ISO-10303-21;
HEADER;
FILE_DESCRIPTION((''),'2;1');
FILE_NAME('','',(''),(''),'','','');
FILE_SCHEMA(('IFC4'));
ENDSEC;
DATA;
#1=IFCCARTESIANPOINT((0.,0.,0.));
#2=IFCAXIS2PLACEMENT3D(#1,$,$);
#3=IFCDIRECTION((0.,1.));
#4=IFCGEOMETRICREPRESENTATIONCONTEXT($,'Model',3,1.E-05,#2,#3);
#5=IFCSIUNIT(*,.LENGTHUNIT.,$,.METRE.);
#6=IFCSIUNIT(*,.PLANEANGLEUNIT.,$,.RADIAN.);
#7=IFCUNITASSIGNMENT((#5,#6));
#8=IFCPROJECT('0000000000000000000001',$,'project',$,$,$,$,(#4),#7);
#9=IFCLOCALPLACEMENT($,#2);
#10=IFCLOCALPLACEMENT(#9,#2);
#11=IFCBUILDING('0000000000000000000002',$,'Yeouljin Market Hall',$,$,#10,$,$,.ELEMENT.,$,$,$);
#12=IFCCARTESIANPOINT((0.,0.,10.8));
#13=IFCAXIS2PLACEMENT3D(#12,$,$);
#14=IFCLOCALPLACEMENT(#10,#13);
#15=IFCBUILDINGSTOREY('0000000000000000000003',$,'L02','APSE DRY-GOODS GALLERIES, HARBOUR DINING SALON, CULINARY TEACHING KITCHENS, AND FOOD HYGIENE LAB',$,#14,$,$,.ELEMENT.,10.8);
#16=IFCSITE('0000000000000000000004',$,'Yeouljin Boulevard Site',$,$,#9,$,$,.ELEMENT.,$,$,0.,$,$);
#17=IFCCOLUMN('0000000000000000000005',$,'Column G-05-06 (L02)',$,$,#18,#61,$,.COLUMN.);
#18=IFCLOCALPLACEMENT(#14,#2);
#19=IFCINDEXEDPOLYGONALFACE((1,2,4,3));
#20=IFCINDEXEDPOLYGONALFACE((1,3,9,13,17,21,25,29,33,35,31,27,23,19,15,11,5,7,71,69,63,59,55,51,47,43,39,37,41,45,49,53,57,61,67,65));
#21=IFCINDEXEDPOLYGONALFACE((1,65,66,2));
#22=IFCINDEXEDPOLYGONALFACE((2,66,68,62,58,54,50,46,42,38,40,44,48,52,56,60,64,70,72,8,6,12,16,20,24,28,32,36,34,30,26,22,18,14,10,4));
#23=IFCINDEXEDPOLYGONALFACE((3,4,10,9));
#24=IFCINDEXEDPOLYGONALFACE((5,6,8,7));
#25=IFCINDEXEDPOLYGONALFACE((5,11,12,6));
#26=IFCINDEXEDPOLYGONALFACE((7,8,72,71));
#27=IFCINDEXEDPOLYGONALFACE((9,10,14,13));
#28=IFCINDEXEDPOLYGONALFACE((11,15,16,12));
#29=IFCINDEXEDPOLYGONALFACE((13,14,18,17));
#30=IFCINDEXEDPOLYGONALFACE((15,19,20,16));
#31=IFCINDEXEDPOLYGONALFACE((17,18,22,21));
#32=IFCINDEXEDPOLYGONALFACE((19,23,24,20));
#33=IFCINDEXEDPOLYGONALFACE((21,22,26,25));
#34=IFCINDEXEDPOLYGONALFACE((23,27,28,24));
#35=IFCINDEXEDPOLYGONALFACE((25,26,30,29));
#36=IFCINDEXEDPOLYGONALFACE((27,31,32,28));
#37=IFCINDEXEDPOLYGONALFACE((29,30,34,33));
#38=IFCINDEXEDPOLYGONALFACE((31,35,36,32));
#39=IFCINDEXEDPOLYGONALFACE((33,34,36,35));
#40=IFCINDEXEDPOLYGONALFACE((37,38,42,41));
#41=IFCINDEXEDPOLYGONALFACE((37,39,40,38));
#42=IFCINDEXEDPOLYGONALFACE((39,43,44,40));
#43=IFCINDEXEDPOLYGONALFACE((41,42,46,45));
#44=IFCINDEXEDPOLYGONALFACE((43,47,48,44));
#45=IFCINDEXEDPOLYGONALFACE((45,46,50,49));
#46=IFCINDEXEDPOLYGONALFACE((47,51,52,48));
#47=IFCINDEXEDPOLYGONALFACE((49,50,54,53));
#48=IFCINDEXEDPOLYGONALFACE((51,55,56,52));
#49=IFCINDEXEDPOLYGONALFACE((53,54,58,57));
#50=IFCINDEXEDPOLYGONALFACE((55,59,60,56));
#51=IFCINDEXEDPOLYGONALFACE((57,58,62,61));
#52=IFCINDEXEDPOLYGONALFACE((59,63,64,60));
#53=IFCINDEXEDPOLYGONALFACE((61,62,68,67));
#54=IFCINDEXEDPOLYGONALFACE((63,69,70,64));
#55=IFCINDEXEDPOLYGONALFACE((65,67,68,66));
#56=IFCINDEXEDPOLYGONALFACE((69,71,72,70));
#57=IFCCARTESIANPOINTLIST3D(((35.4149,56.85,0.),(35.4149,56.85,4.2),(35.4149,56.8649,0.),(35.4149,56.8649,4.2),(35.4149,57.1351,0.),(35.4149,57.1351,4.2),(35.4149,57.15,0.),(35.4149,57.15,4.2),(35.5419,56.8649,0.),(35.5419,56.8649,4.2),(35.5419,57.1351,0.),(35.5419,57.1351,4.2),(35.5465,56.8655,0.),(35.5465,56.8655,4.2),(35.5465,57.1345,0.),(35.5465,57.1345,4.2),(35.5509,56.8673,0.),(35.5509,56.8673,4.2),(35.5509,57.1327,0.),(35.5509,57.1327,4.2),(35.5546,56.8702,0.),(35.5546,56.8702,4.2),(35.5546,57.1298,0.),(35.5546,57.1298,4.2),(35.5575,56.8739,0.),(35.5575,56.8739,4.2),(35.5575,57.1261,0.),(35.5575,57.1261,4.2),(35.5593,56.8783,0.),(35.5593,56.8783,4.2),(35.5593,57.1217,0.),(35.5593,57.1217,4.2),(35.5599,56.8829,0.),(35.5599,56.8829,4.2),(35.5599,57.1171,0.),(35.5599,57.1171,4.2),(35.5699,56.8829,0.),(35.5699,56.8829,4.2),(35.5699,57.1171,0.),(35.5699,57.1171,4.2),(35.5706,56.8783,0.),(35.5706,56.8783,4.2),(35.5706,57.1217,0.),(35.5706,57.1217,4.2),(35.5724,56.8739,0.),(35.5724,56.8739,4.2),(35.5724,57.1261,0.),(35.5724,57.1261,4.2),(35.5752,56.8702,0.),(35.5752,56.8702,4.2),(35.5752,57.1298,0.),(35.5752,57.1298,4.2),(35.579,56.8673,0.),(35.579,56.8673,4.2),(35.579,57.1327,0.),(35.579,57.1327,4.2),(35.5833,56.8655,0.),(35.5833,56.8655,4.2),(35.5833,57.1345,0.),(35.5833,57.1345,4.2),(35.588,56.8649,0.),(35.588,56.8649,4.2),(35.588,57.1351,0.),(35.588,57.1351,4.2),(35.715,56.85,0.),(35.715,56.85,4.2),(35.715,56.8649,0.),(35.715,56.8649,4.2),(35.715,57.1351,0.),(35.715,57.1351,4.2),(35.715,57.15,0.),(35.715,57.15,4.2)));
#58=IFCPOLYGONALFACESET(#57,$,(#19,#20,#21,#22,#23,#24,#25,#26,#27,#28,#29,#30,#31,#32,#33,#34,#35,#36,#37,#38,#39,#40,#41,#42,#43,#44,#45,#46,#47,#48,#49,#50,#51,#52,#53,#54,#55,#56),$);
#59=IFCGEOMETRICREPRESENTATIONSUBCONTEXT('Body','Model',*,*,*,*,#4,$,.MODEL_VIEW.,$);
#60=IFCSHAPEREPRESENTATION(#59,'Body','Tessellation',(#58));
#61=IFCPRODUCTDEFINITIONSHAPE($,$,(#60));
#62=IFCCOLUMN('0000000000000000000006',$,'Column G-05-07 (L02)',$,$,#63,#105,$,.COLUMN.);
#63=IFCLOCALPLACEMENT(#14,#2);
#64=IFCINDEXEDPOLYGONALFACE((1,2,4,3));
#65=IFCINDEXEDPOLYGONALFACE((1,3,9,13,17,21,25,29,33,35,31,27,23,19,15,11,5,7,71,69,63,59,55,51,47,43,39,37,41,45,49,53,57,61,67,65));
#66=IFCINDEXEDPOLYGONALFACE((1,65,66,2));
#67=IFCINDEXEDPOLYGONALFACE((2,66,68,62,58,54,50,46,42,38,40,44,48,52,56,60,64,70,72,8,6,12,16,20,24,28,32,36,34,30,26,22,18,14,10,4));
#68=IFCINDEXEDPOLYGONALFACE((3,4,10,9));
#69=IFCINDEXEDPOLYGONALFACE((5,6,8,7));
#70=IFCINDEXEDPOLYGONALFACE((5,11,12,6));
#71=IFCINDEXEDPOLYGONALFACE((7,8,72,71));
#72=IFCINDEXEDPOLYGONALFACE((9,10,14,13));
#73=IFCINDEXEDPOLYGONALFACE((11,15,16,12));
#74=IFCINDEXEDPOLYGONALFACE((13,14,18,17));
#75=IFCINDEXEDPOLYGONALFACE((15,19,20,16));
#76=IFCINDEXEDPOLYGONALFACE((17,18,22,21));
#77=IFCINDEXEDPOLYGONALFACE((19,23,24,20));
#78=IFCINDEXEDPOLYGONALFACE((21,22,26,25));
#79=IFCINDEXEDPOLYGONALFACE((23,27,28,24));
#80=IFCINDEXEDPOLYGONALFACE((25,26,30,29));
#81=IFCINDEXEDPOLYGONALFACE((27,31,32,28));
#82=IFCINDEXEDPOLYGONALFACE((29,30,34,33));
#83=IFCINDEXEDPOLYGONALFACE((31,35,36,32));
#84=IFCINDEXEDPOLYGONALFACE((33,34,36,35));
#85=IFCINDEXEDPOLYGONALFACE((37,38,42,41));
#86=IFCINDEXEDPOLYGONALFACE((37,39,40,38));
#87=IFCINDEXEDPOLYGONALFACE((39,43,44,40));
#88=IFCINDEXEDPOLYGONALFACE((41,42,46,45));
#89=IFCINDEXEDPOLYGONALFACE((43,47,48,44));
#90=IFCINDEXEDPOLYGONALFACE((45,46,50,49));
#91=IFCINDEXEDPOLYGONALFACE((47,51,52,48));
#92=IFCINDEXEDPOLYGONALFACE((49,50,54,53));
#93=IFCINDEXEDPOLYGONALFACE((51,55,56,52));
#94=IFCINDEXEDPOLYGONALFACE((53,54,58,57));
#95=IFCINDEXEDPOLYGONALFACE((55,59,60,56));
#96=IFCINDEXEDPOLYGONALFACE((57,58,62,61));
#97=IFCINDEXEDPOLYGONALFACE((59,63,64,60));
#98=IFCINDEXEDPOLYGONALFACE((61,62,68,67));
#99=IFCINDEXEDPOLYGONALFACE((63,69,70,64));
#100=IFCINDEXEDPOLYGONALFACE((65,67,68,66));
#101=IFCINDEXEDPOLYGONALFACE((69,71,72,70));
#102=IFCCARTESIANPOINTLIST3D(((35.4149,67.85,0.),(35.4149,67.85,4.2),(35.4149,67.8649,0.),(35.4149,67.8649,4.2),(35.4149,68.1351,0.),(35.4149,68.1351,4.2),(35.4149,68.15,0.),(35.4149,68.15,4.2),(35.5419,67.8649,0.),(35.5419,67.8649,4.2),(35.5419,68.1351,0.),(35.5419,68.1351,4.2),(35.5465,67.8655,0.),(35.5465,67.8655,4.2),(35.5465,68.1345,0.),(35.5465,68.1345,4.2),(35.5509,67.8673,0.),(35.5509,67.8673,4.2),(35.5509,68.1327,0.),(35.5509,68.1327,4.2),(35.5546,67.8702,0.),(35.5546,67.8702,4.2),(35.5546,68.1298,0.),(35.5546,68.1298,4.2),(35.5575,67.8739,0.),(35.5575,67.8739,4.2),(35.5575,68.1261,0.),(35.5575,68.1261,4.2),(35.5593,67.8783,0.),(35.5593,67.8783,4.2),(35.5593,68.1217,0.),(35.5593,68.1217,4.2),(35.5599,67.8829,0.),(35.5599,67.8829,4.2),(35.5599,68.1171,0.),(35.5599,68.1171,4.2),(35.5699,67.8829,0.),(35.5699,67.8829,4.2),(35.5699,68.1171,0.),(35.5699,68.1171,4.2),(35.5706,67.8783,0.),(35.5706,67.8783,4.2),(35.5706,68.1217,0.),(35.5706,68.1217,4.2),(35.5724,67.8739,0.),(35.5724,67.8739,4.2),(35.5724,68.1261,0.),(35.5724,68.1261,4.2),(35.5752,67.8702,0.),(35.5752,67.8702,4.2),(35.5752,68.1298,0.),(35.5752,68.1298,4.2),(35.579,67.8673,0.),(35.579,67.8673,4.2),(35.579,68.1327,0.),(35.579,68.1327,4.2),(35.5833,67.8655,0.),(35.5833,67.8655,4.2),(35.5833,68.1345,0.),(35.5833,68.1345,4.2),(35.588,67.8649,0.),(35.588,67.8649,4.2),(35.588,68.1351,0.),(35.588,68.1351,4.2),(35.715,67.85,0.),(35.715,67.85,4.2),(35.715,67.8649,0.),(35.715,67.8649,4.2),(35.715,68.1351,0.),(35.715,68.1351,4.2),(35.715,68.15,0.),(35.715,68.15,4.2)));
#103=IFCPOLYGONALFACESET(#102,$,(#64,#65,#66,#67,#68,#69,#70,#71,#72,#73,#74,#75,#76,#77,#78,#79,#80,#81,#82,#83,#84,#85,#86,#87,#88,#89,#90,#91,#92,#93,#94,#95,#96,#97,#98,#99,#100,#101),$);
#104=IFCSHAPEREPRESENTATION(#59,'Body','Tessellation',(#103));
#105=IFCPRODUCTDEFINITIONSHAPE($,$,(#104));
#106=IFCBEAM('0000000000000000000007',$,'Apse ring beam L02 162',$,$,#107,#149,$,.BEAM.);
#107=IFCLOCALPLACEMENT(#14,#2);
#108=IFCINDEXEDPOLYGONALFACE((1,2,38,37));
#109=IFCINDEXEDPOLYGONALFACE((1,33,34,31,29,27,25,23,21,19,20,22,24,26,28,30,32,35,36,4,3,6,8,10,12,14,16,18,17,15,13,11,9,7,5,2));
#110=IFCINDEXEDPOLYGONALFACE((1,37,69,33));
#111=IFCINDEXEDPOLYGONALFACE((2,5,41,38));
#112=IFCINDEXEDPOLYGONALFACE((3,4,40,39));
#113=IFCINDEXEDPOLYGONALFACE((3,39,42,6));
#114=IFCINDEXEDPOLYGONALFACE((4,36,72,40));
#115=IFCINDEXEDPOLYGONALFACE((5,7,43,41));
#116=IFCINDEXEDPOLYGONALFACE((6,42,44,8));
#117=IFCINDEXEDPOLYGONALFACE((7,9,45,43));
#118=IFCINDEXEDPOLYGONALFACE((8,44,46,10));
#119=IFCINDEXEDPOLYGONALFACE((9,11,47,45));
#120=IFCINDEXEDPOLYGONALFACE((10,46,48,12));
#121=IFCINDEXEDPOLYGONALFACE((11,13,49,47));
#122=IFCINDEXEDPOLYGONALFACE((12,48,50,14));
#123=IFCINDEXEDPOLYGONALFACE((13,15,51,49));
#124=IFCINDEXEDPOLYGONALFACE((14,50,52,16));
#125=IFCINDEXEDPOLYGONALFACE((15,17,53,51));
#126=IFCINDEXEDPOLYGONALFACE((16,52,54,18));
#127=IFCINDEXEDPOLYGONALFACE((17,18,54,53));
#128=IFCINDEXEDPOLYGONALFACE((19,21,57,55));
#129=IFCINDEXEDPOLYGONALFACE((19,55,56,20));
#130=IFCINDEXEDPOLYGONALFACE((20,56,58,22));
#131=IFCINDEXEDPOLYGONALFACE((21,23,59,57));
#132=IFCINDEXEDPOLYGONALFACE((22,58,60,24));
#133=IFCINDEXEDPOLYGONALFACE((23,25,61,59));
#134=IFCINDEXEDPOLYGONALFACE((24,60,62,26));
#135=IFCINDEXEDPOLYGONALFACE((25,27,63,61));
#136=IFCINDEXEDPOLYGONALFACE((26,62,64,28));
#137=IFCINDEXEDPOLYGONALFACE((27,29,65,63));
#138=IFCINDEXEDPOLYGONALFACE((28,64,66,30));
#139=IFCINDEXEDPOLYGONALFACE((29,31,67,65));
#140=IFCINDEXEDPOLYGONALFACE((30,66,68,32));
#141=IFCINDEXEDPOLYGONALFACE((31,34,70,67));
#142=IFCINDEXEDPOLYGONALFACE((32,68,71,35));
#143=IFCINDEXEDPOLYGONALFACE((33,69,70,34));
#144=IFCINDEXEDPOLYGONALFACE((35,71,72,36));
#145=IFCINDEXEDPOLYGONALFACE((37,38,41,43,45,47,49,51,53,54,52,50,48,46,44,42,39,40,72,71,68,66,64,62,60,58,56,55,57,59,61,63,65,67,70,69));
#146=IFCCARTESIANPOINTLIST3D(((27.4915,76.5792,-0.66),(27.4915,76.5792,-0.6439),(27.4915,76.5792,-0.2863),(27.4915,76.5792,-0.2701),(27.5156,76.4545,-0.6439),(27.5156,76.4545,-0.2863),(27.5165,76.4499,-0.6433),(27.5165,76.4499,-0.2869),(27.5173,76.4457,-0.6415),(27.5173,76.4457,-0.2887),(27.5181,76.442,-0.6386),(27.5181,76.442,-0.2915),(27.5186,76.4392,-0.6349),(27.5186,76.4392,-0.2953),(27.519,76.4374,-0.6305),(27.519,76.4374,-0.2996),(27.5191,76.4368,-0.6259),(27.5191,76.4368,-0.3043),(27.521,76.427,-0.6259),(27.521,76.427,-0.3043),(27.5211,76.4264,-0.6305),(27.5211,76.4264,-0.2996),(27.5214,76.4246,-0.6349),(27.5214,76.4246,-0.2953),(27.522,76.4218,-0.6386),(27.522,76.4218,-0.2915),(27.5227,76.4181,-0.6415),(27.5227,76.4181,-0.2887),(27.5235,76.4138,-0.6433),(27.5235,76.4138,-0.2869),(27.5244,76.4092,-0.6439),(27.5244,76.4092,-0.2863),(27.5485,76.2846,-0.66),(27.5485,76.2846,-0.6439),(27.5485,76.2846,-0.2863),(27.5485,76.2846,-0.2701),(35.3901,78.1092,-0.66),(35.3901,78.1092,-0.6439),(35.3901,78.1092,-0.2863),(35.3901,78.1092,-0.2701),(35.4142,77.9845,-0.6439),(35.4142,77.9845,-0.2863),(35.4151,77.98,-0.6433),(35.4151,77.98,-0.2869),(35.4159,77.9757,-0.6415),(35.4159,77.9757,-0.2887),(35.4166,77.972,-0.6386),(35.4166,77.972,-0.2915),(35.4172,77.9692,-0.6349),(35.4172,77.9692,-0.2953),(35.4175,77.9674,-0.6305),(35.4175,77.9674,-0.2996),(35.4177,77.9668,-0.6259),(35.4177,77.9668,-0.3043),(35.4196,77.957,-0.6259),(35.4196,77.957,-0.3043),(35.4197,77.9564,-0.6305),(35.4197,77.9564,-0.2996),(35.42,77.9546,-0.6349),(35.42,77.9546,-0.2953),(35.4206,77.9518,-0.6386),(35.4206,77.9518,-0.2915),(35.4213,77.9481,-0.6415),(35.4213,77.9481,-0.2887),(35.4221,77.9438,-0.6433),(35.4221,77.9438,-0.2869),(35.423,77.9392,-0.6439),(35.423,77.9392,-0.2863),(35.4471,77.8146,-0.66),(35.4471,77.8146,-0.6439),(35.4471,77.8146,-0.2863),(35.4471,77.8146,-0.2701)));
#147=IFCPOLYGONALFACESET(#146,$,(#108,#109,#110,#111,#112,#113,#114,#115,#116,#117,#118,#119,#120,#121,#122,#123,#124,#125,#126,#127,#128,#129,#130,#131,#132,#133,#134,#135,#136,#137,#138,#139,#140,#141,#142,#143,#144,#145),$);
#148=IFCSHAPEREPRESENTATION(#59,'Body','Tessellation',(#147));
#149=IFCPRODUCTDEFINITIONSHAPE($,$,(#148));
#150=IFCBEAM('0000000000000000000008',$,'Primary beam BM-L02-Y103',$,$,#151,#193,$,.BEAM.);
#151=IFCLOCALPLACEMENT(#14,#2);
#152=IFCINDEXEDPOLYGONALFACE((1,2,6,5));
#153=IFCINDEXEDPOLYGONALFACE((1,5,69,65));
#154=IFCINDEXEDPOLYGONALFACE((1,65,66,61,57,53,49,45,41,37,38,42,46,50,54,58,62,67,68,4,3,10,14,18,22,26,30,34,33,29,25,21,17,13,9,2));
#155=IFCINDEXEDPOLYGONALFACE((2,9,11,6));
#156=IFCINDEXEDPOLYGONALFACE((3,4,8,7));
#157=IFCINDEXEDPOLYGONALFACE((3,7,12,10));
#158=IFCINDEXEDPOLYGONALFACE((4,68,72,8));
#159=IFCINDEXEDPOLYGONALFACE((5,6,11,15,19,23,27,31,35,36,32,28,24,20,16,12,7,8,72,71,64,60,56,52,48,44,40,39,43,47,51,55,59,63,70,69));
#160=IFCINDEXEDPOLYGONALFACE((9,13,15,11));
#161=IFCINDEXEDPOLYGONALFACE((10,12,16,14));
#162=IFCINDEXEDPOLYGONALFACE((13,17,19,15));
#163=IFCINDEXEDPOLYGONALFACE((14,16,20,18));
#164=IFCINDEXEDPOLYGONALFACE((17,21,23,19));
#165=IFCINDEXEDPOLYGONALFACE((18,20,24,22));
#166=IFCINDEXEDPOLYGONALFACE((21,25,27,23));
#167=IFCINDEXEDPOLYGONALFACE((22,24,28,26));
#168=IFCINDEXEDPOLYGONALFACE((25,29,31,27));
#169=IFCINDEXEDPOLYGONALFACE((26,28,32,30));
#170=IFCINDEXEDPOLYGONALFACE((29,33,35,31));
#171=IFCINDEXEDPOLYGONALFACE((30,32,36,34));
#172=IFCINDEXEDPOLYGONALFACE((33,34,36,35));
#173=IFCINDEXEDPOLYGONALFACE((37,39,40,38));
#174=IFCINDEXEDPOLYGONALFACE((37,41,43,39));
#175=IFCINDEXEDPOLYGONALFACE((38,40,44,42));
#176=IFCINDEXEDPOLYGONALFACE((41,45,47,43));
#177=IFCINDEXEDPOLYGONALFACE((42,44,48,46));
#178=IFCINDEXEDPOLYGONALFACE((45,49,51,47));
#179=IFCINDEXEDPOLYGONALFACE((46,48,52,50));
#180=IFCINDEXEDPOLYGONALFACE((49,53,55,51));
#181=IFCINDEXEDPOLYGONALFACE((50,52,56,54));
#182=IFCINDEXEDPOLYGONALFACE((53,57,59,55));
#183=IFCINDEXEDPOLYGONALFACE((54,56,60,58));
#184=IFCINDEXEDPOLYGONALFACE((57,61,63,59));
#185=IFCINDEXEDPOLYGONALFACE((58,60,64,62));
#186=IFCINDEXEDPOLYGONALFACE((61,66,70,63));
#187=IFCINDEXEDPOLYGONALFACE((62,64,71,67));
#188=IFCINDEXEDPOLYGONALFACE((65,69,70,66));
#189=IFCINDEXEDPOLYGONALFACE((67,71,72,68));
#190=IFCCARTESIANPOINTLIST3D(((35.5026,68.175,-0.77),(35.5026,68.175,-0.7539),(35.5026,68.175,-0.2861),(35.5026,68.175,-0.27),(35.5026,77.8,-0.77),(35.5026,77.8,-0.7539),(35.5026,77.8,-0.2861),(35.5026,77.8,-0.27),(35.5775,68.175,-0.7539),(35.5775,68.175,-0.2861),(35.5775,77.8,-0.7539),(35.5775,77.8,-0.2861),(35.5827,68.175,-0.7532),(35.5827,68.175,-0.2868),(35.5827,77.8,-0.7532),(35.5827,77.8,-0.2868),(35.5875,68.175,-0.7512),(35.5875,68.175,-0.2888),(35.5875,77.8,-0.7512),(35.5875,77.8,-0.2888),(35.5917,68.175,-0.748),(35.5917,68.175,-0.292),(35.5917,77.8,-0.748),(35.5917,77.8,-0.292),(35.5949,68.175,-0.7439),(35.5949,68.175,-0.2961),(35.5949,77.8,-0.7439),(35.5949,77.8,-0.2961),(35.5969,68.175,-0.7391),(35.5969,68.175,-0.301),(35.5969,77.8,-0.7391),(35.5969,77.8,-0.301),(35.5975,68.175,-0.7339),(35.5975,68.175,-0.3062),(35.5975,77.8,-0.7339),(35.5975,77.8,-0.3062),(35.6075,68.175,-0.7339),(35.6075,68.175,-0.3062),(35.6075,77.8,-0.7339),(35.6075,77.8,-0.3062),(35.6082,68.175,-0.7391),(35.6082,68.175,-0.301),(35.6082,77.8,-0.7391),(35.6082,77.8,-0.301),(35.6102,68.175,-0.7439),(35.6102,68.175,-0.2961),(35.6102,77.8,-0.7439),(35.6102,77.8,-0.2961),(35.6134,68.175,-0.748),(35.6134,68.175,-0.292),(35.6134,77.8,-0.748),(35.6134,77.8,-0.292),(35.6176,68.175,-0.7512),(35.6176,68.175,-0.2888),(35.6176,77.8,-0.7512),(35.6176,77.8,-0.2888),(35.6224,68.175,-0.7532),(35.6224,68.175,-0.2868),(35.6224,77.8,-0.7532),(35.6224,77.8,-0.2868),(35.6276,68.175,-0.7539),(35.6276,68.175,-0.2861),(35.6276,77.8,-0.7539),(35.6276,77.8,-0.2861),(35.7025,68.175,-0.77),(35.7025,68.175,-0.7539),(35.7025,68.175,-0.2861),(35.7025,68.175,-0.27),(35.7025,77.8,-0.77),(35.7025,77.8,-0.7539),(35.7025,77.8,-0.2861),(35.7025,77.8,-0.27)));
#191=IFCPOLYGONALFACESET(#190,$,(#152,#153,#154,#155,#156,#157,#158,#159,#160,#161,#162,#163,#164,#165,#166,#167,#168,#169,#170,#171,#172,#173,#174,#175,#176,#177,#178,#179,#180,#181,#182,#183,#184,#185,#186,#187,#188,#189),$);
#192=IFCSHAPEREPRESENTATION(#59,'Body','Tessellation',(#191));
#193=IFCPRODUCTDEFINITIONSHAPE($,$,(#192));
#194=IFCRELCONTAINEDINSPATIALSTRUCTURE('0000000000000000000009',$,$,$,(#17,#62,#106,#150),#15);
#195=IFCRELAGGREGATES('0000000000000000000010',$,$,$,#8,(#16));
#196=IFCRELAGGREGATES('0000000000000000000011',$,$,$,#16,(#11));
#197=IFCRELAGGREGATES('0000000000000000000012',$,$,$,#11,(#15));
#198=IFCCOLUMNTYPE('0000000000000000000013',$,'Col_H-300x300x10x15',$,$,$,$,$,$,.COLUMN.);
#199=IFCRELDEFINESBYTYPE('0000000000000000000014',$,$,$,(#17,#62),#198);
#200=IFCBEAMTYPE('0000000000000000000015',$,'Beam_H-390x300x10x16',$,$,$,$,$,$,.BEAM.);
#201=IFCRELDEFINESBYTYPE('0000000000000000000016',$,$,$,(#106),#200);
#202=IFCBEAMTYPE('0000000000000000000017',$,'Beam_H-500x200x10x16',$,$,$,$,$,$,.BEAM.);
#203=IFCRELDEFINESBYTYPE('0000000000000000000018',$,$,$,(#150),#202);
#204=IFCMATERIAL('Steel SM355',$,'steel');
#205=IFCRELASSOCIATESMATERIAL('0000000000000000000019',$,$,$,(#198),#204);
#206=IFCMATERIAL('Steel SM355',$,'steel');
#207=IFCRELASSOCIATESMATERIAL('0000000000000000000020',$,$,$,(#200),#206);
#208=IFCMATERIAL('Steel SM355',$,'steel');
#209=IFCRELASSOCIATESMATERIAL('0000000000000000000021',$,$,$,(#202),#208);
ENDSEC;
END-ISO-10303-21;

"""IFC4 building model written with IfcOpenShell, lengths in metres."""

from ifc_helpers import new_model, si_unit, direction, frame, origin, origin_2d, place, context, subcontext, project, spatial, i_section, extrude, material, material_profile, profile_set, type_object, element, save


model = new_model("IFC4")

# Units and contexts
model_context = context("Model", 3, precision=1e-05, world=origin(), true_north=direction((0.0, 1.0)))
body_context = subcontext(model_context, "Body", "Model", "MODEL_VIEW")
ifc_project = project(units=[si_unit("LENGTHUNIT", "METRE"), si_unit("PLANEANGLEUNIT", "RADIAN")], contexts=[model_context])

# Site, building, storey
site_placement = place(None, origin())
site = spatial("IfcSite", under=ifc_project, at=site_placement, Name="Yeouljin Boulevard Site", CompositionType="ELEMENT", RefElevation=0.0)
building_placement = place(site_placement, origin())
building = spatial("IfcBuilding", under=site, at=building_placement, Name="Yeouljin Market Hall", CompositionType="ELEMENT")
storey_placement = place(building_placement, frame((0.0, 0.0, 10.8)))
storey = spatial("IfcBuildingStorey", under=building, at=storey_placement, Name="L02", Description="APSE DRY-GOODS GALLERIES, HARBOUR DINING SALON, CULINARY TEACHING KITCHENS, AND FOOD HYGIENE LAB", CompositionType="ELEMENT", Elevation=10.8)

# Columns
ifc_material_1 = material(Name="Steel SM355", Category="steel")
ifc_material_profile_1 = material_profile(ifc_material_1, i_section(OverallWidth=0.3, OverallDepth=0.3, WebThickness=0.01, FlangeThickness=0.0149, FilletRadius=0.0181, at=origin_2d()), Name="H-300x300x10x15")
ifc_profile_set_1 = profile_set([ifc_material_profile_1], Name="Steel SM355")
column_type = type_object("IfcColumnType", Name="Col_H-300x300x10x15", PredefinedType="COLUMN", material=ifc_profile_set_1)
for number, where, z_axis, x_axis, name in (
    (1, (35.5649, 57.0, 0.0), (0.0, 0.0, 1.0), (1.0, 0.0, 0.0), "Column G-05-06 (L02)"),
    (2, (35.5649, 68.0, 0.0), (0.0, 0.0, 1.0), (1.0, 0.0, 0.0), "Column G-05-07 (L02)"),
):
    element("IfcColumn", number, at=place(storey_placement, frame(where, z_axis=z_axis, x_axis=x_axis)), inside=storey, type_object=column_type, Name=name, PredefinedType="COLUMN", context=body_context, shape_type="SweptSolid", body=[
        extrude(i_section(OverallWidth=0.3, OverallDepth=0.3, WebThickness=0.01, FlangeThickness=0.0149, FilletRadius=0.0181, at=origin_2d()), origin(), (0.0, 0.0, 1.0), 4.2),
    ])

# Beams
ifc_material_2 = material(Name="Steel SM355", Category="steel")
ifc_material_profile_2 = material_profile(ifc_material_2, i_section(OverallWidth=0.3, OverallDepth=0.3899, WebThickness=0.01, FlangeThickness=0.0161, FilletRadius=0.0181, at=origin_2d()), Name="H-390x300x10x16")
ifc_profile_set_2 = profile_set([ifc_material_profile_2], Name="Steel SM355")
beam_type_1 = type_object("IfcBeamType", Name="Beam_H-390x300x10x16", PredefinedType="BEAM", material=ifc_profile_set_2)
beam_1_placement = place(storey_placement, frame((27.52, 76.4319, -0.4651), z_axis=(0.981751, 0.190172, 0.0), x_axis=(-0.190172, 0.981751, 0.0)))
element("IfcBeam", 3, at=beam_1_placement, inside=storey, type_object=beam_type_1, Name="Apse ring beam L02 162", PredefinedType="BEAM", context=body_context, shape_type="SweptSolid", body=[
    extrude(i_section(OverallWidth=0.3, OverallDepth=0.3899, WebThickness=0.01, FlangeThickness=0.0161, FilletRadius=0.0181, at=origin_2d()), origin(), (0.0, 0.0, 1.0), 8.0454),
])
ifc_material_3 = material(Name="Steel SM355", Category="steel")
ifc_material_profile_3 = material_profile(ifc_material_3, i_section(OverallWidth=0.2, OverallDepth=0.5, WebThickness=0.01, FlangeThickness=0.0161, FilletRadius=0.02, at=origin_2d()), Name="H-500x200x10x16")
ifc_profile_set_3 = profile_set([ifc_material_profile_3], Name="Steel SM355")
beam_type_2 = type_object("IfcBeamType", Name="Beam_H-500x200x10x16", PredefinedType="BEAM", material=ifc_profile_set_3)
beam_2_placement = place(storey_placement, frame((35.6025, 68.175, -0.52), z_axis=(0.0, 1.0, 0.0), x_axis=(-1.0, 0.0, 0.0)))
element("IfcBeam", 4, at=beam_2_placement, inside=storey, type_object=beam_type_2, Name="Primary beam BM-L02-Y103", PredefinedType="BEAM", context=body_context, shape_type="SweptSolid", body=[
    extrude(i_section(OverallWidth=0.2, OverallDepth=0.5, WebThickness=0.01, FlangeThickness=0.0161, FilletRadius=0.02, at=origin_2d()), origin(), (0.0, 0.0, 1.0), 9.625),
])

save(model, "model.ifc")
